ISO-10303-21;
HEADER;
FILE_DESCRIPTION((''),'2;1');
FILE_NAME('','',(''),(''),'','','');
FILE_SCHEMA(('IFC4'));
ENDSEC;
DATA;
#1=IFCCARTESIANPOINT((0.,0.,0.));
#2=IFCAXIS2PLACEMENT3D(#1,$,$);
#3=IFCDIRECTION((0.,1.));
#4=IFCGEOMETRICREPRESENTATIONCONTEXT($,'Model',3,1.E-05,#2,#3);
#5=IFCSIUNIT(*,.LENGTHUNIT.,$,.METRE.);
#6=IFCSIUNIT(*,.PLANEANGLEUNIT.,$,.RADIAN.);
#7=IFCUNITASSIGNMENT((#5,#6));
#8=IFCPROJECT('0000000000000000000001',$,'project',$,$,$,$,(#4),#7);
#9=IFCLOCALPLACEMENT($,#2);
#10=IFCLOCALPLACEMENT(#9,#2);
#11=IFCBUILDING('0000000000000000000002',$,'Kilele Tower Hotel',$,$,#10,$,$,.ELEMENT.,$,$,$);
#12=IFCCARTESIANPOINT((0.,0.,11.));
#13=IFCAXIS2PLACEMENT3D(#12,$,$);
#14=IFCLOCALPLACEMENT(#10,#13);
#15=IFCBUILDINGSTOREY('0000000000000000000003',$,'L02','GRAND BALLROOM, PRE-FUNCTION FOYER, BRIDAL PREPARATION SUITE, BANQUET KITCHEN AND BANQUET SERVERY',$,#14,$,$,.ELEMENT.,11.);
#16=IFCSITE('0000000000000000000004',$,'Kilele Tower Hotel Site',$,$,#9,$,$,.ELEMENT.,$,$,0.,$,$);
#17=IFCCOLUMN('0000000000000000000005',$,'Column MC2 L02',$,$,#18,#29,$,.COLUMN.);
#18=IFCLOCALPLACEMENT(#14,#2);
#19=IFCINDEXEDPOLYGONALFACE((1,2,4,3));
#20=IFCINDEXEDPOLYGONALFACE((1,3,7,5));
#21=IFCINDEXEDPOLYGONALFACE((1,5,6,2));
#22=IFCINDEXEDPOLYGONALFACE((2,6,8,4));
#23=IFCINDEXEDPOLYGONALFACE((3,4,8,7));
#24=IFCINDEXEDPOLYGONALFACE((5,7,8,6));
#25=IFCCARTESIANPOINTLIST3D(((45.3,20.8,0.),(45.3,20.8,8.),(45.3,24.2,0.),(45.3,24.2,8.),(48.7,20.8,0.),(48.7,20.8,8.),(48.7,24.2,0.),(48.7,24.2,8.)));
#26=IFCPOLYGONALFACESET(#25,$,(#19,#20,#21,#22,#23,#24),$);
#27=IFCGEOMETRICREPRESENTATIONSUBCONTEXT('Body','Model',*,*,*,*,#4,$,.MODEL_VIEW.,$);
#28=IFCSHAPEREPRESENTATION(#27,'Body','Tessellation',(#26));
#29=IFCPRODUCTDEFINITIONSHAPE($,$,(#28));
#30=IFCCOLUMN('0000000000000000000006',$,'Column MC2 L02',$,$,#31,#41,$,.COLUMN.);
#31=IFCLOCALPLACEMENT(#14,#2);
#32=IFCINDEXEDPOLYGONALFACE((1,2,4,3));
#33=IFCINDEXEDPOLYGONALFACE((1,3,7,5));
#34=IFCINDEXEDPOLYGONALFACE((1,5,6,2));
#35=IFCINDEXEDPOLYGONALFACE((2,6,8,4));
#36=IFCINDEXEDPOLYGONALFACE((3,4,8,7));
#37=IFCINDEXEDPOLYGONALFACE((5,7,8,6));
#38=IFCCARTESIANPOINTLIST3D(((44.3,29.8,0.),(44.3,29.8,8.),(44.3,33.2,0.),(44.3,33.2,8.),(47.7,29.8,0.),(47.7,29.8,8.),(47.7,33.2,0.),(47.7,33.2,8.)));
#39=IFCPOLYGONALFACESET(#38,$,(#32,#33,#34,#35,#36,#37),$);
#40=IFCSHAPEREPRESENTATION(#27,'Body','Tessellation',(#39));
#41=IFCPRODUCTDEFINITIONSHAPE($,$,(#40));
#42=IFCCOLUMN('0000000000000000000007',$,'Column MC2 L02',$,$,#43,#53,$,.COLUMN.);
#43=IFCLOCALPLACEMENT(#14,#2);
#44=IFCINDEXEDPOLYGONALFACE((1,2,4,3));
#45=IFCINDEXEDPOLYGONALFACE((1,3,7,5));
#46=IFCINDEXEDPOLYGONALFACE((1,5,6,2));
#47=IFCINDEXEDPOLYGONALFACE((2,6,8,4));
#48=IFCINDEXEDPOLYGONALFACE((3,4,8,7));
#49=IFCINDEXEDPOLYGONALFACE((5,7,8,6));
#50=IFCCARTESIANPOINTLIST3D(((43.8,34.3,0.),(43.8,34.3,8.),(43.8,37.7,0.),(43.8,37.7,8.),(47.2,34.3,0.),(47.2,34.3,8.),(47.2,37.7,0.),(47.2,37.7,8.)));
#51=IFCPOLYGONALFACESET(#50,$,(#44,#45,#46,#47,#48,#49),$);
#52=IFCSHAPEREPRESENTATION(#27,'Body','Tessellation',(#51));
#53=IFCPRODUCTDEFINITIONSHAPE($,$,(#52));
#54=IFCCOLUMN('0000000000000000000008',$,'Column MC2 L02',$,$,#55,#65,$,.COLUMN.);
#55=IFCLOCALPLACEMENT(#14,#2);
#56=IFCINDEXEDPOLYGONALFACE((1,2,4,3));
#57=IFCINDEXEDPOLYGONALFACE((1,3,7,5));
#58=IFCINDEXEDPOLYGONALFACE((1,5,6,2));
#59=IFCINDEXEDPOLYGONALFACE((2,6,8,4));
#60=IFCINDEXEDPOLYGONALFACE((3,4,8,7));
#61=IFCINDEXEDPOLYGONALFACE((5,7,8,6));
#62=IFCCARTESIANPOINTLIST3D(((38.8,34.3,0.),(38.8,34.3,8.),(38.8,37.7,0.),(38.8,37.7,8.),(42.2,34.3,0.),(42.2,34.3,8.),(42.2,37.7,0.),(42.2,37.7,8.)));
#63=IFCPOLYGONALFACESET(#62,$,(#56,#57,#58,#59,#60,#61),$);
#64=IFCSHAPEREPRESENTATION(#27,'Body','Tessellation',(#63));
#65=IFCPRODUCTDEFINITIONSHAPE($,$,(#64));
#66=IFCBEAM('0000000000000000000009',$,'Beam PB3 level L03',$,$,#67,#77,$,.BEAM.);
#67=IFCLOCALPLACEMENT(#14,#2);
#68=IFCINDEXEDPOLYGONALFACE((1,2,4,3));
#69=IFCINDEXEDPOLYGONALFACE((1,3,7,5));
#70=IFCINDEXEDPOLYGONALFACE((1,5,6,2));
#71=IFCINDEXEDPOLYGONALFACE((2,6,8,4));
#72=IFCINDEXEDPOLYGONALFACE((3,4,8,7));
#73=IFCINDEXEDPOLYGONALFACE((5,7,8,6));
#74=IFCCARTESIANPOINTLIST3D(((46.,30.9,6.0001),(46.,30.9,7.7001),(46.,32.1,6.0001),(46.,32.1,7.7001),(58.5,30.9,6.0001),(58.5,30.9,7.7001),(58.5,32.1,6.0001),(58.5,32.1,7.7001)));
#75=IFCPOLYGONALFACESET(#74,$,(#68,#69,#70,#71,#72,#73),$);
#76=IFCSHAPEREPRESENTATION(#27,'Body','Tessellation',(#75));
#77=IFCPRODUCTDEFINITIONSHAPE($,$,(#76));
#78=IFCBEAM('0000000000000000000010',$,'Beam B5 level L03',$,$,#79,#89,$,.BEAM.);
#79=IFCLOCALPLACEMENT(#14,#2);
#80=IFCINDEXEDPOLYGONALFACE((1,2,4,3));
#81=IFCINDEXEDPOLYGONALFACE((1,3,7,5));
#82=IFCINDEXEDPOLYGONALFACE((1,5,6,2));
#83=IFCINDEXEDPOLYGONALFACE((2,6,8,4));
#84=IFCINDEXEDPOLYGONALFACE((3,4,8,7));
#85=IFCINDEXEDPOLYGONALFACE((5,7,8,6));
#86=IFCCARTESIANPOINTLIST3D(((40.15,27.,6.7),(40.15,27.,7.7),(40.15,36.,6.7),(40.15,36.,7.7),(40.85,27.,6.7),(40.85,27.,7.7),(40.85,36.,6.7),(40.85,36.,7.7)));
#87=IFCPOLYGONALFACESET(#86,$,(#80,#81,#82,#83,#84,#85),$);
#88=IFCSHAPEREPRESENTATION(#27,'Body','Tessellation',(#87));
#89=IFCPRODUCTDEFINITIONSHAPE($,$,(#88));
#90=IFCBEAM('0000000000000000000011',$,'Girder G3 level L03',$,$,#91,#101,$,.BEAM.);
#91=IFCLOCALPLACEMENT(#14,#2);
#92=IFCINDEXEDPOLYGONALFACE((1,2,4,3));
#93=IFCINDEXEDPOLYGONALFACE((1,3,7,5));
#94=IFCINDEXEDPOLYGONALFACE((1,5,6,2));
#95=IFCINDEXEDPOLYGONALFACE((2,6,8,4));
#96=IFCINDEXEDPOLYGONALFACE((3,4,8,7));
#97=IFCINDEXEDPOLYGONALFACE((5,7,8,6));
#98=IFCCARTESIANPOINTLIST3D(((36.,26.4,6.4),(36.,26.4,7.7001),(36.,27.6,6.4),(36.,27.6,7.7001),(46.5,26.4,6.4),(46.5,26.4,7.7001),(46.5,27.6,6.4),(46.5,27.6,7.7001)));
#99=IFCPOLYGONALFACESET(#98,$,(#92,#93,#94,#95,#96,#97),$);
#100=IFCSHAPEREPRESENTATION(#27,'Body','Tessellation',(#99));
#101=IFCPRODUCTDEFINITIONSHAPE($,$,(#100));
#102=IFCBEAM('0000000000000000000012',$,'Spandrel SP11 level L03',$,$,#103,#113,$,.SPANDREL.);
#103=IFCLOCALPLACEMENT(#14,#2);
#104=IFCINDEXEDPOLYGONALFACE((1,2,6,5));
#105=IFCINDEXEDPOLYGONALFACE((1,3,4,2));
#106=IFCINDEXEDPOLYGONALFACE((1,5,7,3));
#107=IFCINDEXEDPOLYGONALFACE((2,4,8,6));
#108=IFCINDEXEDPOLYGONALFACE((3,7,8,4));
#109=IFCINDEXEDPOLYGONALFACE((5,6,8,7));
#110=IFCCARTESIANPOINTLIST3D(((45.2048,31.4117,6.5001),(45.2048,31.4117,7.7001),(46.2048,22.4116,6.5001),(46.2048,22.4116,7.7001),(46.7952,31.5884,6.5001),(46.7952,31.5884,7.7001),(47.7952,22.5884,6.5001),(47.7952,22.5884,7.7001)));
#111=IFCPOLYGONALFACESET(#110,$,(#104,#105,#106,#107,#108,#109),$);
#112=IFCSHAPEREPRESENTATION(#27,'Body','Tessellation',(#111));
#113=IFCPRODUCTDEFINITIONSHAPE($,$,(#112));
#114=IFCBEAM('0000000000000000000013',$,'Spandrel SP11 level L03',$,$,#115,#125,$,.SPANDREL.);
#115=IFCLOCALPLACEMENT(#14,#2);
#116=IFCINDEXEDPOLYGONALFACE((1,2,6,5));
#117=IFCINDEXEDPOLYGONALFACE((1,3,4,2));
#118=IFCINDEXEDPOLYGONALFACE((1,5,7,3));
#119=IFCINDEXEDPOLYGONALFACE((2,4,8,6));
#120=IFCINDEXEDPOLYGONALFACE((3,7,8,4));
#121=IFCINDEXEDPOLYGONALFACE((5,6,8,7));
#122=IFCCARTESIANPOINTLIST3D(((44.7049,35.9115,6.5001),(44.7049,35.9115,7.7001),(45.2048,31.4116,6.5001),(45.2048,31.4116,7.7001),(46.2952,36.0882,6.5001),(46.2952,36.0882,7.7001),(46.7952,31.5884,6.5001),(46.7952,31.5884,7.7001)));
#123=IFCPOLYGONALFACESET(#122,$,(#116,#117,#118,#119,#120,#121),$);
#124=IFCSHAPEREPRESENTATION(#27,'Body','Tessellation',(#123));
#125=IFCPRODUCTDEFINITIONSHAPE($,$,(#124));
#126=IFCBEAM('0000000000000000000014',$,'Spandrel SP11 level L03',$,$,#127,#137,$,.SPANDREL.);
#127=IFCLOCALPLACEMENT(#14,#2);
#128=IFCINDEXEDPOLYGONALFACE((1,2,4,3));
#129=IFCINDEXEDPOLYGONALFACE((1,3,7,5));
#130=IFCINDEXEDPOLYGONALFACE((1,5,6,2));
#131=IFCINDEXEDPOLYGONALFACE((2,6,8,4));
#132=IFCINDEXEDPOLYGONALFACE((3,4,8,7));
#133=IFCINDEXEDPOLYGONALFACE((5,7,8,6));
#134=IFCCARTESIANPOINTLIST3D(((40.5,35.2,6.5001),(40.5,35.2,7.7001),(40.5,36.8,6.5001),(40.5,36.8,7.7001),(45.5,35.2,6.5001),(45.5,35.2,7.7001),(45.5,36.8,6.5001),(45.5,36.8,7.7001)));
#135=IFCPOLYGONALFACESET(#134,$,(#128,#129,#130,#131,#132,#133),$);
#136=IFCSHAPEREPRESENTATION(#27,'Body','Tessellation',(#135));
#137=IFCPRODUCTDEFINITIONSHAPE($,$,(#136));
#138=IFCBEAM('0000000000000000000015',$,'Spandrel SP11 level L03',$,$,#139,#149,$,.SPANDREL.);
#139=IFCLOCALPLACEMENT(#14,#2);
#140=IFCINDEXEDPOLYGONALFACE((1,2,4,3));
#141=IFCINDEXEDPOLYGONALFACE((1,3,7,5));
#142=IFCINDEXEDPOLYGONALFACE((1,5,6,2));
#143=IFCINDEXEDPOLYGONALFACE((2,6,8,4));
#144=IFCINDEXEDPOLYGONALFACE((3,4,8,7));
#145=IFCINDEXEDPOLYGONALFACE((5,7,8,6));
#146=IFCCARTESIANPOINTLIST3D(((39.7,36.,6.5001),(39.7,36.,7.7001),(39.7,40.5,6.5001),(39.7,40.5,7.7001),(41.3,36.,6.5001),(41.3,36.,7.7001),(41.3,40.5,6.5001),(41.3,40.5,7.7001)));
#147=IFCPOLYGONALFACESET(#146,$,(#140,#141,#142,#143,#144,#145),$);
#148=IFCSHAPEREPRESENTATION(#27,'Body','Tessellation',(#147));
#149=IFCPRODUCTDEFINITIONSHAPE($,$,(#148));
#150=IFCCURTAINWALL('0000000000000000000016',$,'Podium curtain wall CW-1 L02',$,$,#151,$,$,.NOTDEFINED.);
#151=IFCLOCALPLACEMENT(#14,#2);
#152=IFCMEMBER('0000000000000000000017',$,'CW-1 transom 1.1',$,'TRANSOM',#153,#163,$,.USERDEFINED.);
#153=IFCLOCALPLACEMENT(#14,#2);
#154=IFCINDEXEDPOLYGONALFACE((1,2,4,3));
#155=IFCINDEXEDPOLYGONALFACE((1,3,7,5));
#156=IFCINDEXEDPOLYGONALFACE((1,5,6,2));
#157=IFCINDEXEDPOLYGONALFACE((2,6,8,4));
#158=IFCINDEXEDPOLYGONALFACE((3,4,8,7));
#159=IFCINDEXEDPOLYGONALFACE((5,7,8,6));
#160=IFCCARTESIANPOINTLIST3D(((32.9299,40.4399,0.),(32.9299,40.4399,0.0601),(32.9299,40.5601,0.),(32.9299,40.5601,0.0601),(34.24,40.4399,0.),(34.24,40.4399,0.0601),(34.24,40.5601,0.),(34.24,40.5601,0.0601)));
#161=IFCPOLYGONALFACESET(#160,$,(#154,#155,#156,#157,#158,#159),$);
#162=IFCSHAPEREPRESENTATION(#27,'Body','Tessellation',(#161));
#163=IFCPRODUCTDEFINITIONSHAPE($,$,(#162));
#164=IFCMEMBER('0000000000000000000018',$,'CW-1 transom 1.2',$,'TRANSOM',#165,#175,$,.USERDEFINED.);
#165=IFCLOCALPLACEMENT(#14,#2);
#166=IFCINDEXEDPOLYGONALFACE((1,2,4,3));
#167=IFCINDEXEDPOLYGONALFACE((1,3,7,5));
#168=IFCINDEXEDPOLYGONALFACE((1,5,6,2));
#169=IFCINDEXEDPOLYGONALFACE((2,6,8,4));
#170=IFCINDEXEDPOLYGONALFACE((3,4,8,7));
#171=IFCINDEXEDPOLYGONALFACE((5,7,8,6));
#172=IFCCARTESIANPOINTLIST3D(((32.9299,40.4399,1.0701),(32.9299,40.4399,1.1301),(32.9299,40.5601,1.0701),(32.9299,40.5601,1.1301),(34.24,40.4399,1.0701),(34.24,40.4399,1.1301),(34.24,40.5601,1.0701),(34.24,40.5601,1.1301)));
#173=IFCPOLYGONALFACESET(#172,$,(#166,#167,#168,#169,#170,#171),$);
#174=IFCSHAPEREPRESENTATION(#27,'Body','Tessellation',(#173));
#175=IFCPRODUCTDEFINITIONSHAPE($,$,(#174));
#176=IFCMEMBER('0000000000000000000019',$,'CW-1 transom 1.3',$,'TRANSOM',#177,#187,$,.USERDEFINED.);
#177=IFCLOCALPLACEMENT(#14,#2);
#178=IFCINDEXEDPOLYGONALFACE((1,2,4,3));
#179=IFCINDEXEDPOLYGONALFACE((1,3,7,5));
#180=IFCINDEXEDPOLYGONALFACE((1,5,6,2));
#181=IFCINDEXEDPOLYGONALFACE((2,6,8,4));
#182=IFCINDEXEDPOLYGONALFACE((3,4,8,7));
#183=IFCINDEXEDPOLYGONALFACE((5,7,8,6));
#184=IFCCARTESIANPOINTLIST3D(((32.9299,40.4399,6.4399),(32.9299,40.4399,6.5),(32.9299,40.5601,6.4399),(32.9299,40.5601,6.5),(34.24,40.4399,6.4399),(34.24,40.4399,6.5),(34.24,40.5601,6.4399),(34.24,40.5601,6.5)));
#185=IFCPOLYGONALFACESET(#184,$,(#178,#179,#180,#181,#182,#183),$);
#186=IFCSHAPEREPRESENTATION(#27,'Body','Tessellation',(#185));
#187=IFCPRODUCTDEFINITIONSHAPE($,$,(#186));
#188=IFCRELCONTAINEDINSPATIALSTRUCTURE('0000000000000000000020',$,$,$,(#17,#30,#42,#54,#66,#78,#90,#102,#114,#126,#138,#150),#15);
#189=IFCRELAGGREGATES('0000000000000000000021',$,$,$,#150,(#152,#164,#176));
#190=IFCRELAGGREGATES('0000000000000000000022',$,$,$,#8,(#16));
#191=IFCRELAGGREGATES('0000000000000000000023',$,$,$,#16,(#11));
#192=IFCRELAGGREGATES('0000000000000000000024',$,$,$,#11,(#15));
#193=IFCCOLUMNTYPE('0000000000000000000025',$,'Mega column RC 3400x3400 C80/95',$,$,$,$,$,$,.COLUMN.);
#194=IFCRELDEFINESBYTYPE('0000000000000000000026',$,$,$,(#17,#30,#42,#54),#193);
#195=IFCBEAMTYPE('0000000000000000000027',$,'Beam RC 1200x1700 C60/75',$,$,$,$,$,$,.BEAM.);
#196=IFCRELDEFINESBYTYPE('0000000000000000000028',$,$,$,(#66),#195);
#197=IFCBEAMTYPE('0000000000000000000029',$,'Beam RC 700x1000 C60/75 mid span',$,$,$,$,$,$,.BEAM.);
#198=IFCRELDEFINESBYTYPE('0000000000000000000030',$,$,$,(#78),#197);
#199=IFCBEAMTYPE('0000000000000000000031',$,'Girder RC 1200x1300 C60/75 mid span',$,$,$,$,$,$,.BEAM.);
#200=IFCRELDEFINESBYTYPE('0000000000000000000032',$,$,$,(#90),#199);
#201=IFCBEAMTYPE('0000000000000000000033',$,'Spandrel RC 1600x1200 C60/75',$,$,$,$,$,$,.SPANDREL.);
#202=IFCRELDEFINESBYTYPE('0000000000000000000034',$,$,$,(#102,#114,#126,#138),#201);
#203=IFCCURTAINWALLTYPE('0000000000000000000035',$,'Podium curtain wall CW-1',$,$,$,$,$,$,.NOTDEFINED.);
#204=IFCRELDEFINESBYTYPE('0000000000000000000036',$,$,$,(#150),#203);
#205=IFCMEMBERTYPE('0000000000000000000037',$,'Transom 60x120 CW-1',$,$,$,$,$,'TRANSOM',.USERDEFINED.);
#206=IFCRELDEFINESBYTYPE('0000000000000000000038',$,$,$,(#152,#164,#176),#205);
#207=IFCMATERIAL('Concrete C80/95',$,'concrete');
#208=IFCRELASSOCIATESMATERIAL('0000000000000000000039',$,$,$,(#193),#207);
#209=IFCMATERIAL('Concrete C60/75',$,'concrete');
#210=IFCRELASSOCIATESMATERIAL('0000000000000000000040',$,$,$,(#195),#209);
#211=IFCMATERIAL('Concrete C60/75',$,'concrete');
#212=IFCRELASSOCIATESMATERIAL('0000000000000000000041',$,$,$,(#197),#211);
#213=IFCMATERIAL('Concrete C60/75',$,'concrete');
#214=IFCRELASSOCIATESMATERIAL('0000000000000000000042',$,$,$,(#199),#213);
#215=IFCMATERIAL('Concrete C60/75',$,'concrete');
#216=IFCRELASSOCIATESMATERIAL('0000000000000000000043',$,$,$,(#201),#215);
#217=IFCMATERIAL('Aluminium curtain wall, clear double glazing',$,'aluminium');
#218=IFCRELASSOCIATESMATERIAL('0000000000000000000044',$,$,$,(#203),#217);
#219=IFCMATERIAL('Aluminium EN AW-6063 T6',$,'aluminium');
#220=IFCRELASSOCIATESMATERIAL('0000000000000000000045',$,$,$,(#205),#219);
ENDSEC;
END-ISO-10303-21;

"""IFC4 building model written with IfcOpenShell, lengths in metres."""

from ifc_helpers import new_model, si_unit, direction, frame, origin, origin_2d, place, context, subcontext, project, spatial, rectangle, extrude, material, material_profile, profile_set, type_object, element, aggregate, save


model = new_model("IFC4")

# Units and contexts
model_context = context("Model", 3, precision=1e-05, world=origin(), true_north=direction((0.0, 1.0)))
body_context = subcontext(model_context, "Body", "Model", "MODEL_VIEW")
ifc_project = project(units=[si_unit("LENGTHUNIT", "METRE"), si_unit("PLANEANGLEUNIT", "RADIAN")], contexts=[model_context])

# Site, building, storey
site_placement = place(None, origin())
site = spatial("IfcSite", under=ifc_project, at=site_placement, Name="Kilele Tower Hotel Site", CompositionType="ELEMENT", RefElevation=0.0)
building_placement = place(site_placement, origin())
building = spatial("IfcBuilding", under=site, at=building_placement, Name="Kilele Tower Hotel", CompositionType="ELEMENT")
storey_placement = place(building_placement, frame((0.0, 0.0, 11.0)))
storey = spatial("IfcBuildingStorey", under=building, at=storey_placement, Name="L02", Description="GRAND BALLROOM, PRE-FUNCTION FOYER, BRIDAL PREPARATION SUITE, BANQUET KITCHEN AND BANQUET SERVERY", CompositionType="ELEMENT", Elevation=11.0)

# Columns
ifc_material_1 = material(Name="Concrete C80/95", Category="concrete")
ifc_material_profile_1 = material_profile(ifc_material_1, rectangle(XDim=3.3999, YDim=3.3999, at=origin_2d()))
ifc_profile_set_1 = profile_set([ifc_material_profile_1], Name="Concrete C80/95")
column_type = type_object("IfcColumnType", Name="Mega column RC 3400x3400 C80/95", PredefinedType="COLUMN", material=ifc_profile_set_1)
for number, where, z_axis, x_axis, name in (
    (1, (47.0, 22.5, 0.0), (0.0, 0.0, 1.0), (1.0, 0.0, 0.0), "Column MC2 L02"),
    (2, (46.0, 31.5, 0.0), (0.0, 0.0, 1.0), (1.0, 0.0, 0.0), "Column MC2 L02"),
    (3, (45.5, 36.0, 0.0), (0.0, 0.0, 1.0), (1.0, 0.0, 0.0), "Column MC2 L02"),
    (4, (40.5, 36.0, 0.0), (0.0, 0.0, 1.0), (1.0, 0.0, 0.0), "Column MC2 L02"),
):
    element("IfcColumn", number, at=place(storey_placement, frame(where, z_axis=z_axis, x_axis=x_axis)), inside=storey, type_object=column_type, Name=name, PredefinedType="COLUMN", context=body_context, shape_type="SweptSolid", body=[
        extrude(rectangle(XDim=3.3999, YDim=3.3999, at=origin_2d()), origin(), (0.0, 0.0, 1.0), 8.0),
    ])

# Beams
ifc_material_2 = material(Name="Concrete C60/75", Category="concrete")
ifc_material_profile_2 = material_profile(ifc_material_2, rectangle(XDim=1.2, YDim=1.7, at=origin_2d()))
ifc_profile_set_2 = profile_set([ifc_material_profile_2], Name="Concrete C60/75")
beam_type_1 = type_object("IfcBeamType", Name="Beam RC 1200x1700 C60/75", PredefinedType="BEAM", material=ifc_profile_set_2)
beam_1_placement = place(storey_placement, frame((46.0, 31.5, 6.8501), z_axis=(1.0, 0.0, 0.0), x_axis=(0.0, 1.0, 0.0)))
element("IfcBeam", 5, at=beam_1_placement, inside=storey, type_object=beam_type_1, Name="Beam PB3 level L03", PredefinedType="BEAM", context=body_context, shape_type="SweptSolid", body=[
    extrude(rectangle(XDim=1.2, YDim=1.7, at=origin_2d()), origin(), (0.0, 0.0, 1.0), 12.5),
])
ifc_material_3 = material(Name="Concrete C60/75", Category="concrete")
ifc_material_profile_3 = material_profile(ifc_material_3, rectangle(XDim=0.7, YDim=1.0, at=origin_2d()))
ifc_profile_set_3 = profile_set([ifc_material_profile_3], Name="Concrete C60/75")
beam_type_2 = type_object("IfcBeamType", Name="Beam RC 700x1000 C60/75 mid span", PredefinedType="BEAM", material=ifc_profile_set_3)
beam_2_placement = place(storey_placement, frame((40.5, 36.0, 7.2), z_axis=(0.0, -1.0, 0.0), x_axis=(1.0, 0.0, 0.0)))
element("IfcBeam", 6, at=beam_2_placement, inside=storey, type_object=beam_type_2, Name="Beam B5 level L03", PredefinedType="BEAM", context=body_context, shape_type="SweptSolid", body=[
    extrude(rectangle(XDim=0.7, YDim=1.0, at=origin_2d()), origin(), (0.0, 0.0, 1.0), 9.0),
])
ifc_material_4 = material(Name="Concrete C60/75", Category="concrete")
ifc_material_profile_4 = material_profile(ifc_material_4, rectangle(XDim=1.2, YDim=1.3, at=origin_2d()))
ifc_profile_set_4 = profile_set([ifc_material_profile_4], Name="Concrete C60/75")
beam_type_3 = type_object("IfcBeamType", Name="Girder RC 1200x1300 C60/75 mid span", PredefinedType="BEAM", material=ifc_profile_set_4)
beam_3_placement = place(storey_placement, frame((46.5, 27.0, 7.05), z_axis=(-1.0, 0.0, 0.0), x_axis=(0.0, -1.0, 0.0)))
element("IfcBeam", 7, at=beam_3_placement, inside=storey, type_object=beam_type_3, Name="Girder G3 level L03", PredefinedType="BEAM", context=body_context, shape_type="SweptSolid", body=[
    extrude(rectangle(XDim=1.2, YDim=1.3, at=origin_2d()), origin(), (0.0, 0.0, 1.0), 10.5),
])
ifc_material_5 = material(Name="Concrete C60/75", Category="concrete")
ifc_material_profile_5 = material_profile(ifc_material_5, rectangle(XDim=1.6001, YDim=1.2, at=origin_2d()))
ifc_profile_set_5 = profile_set([ifc_material_profile_5], Name="Concrete C60/75")
beam_type_4 = type_object("IfcBeamType", Name="Spandrel RC 1600x1200 C60/75", PredefinedType="SPANDREL", material=ifc_profile_set_5)
beam_4_placement = place(storey_placement, frame((47.0, 22.5, 7.1001), z_axis=(-0.110432, 0.993884, 0.0), x_axis=(-0.993884, -0.110432, 0.0)))
element("IfcBeam", 8, at=beam_4_placement, inside=storey, type_object=beam_type_4, Name="Spandrel SP11 level L03", PredefinedType="SPANDREL", context=body_context, shape_type="SweptSolid", body=[
    extrude(rectangle(XDim=1.6001, YDim=1.2, at=origin_2d()), origin(), (0.0, 0.0, 1.0), 9.0554),
])
beam_5_placement = place(storey_placement, frame((46.0, 31.5, 7.1001), z_axis=(-0.110432, 0.993884, 0.0), x_axis=(-0.993884, -0.110432, 0.0)))
element("IfcBeam", 9, at=beam_5_placement, inside=storey, type_object=beam_type_4, Name="Spandrel SP11 level L03", PredefinedType="SPANDREL", context=body_context, shape_type="SweptSolid", body=[
    extrude(rectangle(XDim=1.6001, YDim=1.2, at=origin_2d()), origin(), (0.0, 0.0, 1.0), 4.5276),
])
beam_6_placement = place(storey_placement, frame((45.5, 36.0, 7.1001), z_axis=(-1.0, 0.0, 0.0), x_axis=(0.0, -1.0, 0.0)))
element("IfcBeam", 10, at=beam_6_placement, inside=storey, type_object=beam_type_4, Name="Spandrel SP11 level L03", PredefinedType="SPANDREL", context=body_context, shape_type="SweptSolid", body=[
    extrude(rectangle(XDim=1.6001, YDim=1.2, at=origin_2d()), origin(), (0.0, 0.0, 1.0), 5.0),
])
beam_7_placement = place(storey_placement, frame((40.5, 36.0, 7.1001), z_axis=(0.0, 1.0, 0.0), x_axis=(-1.0, 0.0, 0.0)))
element("IfcBeam", 11, at=beam_7_placement, inside=storey, type_object=beam_type_4, Name="Spandrel SP11 level L03", PredefinedType="SPANDREL", context=body_context, shape_type="SweptSolid", body=[
    extrude(rectangle(XDim=1.6001, YDim=1.2, at=origin_2d()), origin(), (0.0, 0.0, 1.0), 4.5),
])

# Curtain wall, members
ifc_material_6 = material(Name="Aluminium curtain wall, clear double glazing", Category="aluminium")
curtain_wall_type = type_object("IfcCurtainWallType", Name="Podium curtain wall CW-1", PredefinedType="NOTDEFINED", material=ifc_material_6)
curtain_wall_placement = place(storey_placement, origin())
curtain_wall = element("IfcCurtainWall", 12, at=curtain_wall_placement, inside=storey, type_object=curtain_wall_type, Name="Podium curtain wall CW-1 L02", PredefinedType="NOTDEFINED")
ifc_material_7 = material(Name="Aluminium EN AW-6063 T6", Category="aluminium")
ifc_material_profile_6 = material_profile(ifc_material_7, rectangle(XDim=0.1201, YDim=0.0601, at=origin_2d()))
ifc_profile_set_6 = profile_set([ifc_material_profile_6], Name="Aluminium EN AW-6063 T6")
member_type = type_object("IfcMemberType", Name="Transom 60x120 CW-1", ElementType="TRANSOM", PredefinedType="USERDEFINED", material=ifc_profile_set_6)
member_1_placement = place(storey_placement, frame((34.24, 40.5, 0.03), z_axis=(-1.0, 0.0, 0.0), x_axis=(0.0, -1.0, 0.0)))
member_1 = element("IfcMember", 13, at=member_1_placement, type_object=member_type, Name="CW-1 transom 1.1", ObjectType="TRANSOM", PredefinedType="USERDEFINED", context=body_context, shape_type="SweptSolid", body=[
    extrude(rectangle(XDim=0.1201, YDim=0.0601, at=origin_2d()), origin(), (0.0, 0.0, 1.0), 1.3101),
])
member_2_placement = place(storey_placement, frame((34.24, 40.5, 1.1001), z_axis=(-1.0, 0.0, 0.0), x_axis=(0.0, -1.0, 0.0)))
member_2 = element("IfcMember", 14, at=member_2_placement, type_object=member_type, Name="CW-1 transom 1.2", ObjectType="TRANSOM", PredefinedType="USERDEFINED", context=body_context, shape_type="SweptSolid", body=[
    extrude(rectangle(XDim=0.1201, YDim=0.0601, at=origin_2d()), origin(), (0.0, 0.0, 1.0), 1.3101),
])
member_3_placement = place(storey_placement, frame((34.24, 40.5, 6.47), z_axis=(-1.0, 0.0, 0.0), x_axis=(0.0, -1.0, 0.0)))
member_3 = element("IfcMember", 15, at=member_3_placement, type_object=member_type, Name="CW-1 transom 1.3", ObjectType="TRANSOM", PredefinedType="USERDEFINED", context=body_context, shape_type="SweptSolid", body=[
    extrude(rectangle(XDim=0.1201, YDim=0.0601, at=origin_2d()), origin(), (0.0, 0.0, 1.0), 1.3101),
])
aggregate(curtain_wall, [member_1, member_2, member_3])

save(model, "model.ifc")
